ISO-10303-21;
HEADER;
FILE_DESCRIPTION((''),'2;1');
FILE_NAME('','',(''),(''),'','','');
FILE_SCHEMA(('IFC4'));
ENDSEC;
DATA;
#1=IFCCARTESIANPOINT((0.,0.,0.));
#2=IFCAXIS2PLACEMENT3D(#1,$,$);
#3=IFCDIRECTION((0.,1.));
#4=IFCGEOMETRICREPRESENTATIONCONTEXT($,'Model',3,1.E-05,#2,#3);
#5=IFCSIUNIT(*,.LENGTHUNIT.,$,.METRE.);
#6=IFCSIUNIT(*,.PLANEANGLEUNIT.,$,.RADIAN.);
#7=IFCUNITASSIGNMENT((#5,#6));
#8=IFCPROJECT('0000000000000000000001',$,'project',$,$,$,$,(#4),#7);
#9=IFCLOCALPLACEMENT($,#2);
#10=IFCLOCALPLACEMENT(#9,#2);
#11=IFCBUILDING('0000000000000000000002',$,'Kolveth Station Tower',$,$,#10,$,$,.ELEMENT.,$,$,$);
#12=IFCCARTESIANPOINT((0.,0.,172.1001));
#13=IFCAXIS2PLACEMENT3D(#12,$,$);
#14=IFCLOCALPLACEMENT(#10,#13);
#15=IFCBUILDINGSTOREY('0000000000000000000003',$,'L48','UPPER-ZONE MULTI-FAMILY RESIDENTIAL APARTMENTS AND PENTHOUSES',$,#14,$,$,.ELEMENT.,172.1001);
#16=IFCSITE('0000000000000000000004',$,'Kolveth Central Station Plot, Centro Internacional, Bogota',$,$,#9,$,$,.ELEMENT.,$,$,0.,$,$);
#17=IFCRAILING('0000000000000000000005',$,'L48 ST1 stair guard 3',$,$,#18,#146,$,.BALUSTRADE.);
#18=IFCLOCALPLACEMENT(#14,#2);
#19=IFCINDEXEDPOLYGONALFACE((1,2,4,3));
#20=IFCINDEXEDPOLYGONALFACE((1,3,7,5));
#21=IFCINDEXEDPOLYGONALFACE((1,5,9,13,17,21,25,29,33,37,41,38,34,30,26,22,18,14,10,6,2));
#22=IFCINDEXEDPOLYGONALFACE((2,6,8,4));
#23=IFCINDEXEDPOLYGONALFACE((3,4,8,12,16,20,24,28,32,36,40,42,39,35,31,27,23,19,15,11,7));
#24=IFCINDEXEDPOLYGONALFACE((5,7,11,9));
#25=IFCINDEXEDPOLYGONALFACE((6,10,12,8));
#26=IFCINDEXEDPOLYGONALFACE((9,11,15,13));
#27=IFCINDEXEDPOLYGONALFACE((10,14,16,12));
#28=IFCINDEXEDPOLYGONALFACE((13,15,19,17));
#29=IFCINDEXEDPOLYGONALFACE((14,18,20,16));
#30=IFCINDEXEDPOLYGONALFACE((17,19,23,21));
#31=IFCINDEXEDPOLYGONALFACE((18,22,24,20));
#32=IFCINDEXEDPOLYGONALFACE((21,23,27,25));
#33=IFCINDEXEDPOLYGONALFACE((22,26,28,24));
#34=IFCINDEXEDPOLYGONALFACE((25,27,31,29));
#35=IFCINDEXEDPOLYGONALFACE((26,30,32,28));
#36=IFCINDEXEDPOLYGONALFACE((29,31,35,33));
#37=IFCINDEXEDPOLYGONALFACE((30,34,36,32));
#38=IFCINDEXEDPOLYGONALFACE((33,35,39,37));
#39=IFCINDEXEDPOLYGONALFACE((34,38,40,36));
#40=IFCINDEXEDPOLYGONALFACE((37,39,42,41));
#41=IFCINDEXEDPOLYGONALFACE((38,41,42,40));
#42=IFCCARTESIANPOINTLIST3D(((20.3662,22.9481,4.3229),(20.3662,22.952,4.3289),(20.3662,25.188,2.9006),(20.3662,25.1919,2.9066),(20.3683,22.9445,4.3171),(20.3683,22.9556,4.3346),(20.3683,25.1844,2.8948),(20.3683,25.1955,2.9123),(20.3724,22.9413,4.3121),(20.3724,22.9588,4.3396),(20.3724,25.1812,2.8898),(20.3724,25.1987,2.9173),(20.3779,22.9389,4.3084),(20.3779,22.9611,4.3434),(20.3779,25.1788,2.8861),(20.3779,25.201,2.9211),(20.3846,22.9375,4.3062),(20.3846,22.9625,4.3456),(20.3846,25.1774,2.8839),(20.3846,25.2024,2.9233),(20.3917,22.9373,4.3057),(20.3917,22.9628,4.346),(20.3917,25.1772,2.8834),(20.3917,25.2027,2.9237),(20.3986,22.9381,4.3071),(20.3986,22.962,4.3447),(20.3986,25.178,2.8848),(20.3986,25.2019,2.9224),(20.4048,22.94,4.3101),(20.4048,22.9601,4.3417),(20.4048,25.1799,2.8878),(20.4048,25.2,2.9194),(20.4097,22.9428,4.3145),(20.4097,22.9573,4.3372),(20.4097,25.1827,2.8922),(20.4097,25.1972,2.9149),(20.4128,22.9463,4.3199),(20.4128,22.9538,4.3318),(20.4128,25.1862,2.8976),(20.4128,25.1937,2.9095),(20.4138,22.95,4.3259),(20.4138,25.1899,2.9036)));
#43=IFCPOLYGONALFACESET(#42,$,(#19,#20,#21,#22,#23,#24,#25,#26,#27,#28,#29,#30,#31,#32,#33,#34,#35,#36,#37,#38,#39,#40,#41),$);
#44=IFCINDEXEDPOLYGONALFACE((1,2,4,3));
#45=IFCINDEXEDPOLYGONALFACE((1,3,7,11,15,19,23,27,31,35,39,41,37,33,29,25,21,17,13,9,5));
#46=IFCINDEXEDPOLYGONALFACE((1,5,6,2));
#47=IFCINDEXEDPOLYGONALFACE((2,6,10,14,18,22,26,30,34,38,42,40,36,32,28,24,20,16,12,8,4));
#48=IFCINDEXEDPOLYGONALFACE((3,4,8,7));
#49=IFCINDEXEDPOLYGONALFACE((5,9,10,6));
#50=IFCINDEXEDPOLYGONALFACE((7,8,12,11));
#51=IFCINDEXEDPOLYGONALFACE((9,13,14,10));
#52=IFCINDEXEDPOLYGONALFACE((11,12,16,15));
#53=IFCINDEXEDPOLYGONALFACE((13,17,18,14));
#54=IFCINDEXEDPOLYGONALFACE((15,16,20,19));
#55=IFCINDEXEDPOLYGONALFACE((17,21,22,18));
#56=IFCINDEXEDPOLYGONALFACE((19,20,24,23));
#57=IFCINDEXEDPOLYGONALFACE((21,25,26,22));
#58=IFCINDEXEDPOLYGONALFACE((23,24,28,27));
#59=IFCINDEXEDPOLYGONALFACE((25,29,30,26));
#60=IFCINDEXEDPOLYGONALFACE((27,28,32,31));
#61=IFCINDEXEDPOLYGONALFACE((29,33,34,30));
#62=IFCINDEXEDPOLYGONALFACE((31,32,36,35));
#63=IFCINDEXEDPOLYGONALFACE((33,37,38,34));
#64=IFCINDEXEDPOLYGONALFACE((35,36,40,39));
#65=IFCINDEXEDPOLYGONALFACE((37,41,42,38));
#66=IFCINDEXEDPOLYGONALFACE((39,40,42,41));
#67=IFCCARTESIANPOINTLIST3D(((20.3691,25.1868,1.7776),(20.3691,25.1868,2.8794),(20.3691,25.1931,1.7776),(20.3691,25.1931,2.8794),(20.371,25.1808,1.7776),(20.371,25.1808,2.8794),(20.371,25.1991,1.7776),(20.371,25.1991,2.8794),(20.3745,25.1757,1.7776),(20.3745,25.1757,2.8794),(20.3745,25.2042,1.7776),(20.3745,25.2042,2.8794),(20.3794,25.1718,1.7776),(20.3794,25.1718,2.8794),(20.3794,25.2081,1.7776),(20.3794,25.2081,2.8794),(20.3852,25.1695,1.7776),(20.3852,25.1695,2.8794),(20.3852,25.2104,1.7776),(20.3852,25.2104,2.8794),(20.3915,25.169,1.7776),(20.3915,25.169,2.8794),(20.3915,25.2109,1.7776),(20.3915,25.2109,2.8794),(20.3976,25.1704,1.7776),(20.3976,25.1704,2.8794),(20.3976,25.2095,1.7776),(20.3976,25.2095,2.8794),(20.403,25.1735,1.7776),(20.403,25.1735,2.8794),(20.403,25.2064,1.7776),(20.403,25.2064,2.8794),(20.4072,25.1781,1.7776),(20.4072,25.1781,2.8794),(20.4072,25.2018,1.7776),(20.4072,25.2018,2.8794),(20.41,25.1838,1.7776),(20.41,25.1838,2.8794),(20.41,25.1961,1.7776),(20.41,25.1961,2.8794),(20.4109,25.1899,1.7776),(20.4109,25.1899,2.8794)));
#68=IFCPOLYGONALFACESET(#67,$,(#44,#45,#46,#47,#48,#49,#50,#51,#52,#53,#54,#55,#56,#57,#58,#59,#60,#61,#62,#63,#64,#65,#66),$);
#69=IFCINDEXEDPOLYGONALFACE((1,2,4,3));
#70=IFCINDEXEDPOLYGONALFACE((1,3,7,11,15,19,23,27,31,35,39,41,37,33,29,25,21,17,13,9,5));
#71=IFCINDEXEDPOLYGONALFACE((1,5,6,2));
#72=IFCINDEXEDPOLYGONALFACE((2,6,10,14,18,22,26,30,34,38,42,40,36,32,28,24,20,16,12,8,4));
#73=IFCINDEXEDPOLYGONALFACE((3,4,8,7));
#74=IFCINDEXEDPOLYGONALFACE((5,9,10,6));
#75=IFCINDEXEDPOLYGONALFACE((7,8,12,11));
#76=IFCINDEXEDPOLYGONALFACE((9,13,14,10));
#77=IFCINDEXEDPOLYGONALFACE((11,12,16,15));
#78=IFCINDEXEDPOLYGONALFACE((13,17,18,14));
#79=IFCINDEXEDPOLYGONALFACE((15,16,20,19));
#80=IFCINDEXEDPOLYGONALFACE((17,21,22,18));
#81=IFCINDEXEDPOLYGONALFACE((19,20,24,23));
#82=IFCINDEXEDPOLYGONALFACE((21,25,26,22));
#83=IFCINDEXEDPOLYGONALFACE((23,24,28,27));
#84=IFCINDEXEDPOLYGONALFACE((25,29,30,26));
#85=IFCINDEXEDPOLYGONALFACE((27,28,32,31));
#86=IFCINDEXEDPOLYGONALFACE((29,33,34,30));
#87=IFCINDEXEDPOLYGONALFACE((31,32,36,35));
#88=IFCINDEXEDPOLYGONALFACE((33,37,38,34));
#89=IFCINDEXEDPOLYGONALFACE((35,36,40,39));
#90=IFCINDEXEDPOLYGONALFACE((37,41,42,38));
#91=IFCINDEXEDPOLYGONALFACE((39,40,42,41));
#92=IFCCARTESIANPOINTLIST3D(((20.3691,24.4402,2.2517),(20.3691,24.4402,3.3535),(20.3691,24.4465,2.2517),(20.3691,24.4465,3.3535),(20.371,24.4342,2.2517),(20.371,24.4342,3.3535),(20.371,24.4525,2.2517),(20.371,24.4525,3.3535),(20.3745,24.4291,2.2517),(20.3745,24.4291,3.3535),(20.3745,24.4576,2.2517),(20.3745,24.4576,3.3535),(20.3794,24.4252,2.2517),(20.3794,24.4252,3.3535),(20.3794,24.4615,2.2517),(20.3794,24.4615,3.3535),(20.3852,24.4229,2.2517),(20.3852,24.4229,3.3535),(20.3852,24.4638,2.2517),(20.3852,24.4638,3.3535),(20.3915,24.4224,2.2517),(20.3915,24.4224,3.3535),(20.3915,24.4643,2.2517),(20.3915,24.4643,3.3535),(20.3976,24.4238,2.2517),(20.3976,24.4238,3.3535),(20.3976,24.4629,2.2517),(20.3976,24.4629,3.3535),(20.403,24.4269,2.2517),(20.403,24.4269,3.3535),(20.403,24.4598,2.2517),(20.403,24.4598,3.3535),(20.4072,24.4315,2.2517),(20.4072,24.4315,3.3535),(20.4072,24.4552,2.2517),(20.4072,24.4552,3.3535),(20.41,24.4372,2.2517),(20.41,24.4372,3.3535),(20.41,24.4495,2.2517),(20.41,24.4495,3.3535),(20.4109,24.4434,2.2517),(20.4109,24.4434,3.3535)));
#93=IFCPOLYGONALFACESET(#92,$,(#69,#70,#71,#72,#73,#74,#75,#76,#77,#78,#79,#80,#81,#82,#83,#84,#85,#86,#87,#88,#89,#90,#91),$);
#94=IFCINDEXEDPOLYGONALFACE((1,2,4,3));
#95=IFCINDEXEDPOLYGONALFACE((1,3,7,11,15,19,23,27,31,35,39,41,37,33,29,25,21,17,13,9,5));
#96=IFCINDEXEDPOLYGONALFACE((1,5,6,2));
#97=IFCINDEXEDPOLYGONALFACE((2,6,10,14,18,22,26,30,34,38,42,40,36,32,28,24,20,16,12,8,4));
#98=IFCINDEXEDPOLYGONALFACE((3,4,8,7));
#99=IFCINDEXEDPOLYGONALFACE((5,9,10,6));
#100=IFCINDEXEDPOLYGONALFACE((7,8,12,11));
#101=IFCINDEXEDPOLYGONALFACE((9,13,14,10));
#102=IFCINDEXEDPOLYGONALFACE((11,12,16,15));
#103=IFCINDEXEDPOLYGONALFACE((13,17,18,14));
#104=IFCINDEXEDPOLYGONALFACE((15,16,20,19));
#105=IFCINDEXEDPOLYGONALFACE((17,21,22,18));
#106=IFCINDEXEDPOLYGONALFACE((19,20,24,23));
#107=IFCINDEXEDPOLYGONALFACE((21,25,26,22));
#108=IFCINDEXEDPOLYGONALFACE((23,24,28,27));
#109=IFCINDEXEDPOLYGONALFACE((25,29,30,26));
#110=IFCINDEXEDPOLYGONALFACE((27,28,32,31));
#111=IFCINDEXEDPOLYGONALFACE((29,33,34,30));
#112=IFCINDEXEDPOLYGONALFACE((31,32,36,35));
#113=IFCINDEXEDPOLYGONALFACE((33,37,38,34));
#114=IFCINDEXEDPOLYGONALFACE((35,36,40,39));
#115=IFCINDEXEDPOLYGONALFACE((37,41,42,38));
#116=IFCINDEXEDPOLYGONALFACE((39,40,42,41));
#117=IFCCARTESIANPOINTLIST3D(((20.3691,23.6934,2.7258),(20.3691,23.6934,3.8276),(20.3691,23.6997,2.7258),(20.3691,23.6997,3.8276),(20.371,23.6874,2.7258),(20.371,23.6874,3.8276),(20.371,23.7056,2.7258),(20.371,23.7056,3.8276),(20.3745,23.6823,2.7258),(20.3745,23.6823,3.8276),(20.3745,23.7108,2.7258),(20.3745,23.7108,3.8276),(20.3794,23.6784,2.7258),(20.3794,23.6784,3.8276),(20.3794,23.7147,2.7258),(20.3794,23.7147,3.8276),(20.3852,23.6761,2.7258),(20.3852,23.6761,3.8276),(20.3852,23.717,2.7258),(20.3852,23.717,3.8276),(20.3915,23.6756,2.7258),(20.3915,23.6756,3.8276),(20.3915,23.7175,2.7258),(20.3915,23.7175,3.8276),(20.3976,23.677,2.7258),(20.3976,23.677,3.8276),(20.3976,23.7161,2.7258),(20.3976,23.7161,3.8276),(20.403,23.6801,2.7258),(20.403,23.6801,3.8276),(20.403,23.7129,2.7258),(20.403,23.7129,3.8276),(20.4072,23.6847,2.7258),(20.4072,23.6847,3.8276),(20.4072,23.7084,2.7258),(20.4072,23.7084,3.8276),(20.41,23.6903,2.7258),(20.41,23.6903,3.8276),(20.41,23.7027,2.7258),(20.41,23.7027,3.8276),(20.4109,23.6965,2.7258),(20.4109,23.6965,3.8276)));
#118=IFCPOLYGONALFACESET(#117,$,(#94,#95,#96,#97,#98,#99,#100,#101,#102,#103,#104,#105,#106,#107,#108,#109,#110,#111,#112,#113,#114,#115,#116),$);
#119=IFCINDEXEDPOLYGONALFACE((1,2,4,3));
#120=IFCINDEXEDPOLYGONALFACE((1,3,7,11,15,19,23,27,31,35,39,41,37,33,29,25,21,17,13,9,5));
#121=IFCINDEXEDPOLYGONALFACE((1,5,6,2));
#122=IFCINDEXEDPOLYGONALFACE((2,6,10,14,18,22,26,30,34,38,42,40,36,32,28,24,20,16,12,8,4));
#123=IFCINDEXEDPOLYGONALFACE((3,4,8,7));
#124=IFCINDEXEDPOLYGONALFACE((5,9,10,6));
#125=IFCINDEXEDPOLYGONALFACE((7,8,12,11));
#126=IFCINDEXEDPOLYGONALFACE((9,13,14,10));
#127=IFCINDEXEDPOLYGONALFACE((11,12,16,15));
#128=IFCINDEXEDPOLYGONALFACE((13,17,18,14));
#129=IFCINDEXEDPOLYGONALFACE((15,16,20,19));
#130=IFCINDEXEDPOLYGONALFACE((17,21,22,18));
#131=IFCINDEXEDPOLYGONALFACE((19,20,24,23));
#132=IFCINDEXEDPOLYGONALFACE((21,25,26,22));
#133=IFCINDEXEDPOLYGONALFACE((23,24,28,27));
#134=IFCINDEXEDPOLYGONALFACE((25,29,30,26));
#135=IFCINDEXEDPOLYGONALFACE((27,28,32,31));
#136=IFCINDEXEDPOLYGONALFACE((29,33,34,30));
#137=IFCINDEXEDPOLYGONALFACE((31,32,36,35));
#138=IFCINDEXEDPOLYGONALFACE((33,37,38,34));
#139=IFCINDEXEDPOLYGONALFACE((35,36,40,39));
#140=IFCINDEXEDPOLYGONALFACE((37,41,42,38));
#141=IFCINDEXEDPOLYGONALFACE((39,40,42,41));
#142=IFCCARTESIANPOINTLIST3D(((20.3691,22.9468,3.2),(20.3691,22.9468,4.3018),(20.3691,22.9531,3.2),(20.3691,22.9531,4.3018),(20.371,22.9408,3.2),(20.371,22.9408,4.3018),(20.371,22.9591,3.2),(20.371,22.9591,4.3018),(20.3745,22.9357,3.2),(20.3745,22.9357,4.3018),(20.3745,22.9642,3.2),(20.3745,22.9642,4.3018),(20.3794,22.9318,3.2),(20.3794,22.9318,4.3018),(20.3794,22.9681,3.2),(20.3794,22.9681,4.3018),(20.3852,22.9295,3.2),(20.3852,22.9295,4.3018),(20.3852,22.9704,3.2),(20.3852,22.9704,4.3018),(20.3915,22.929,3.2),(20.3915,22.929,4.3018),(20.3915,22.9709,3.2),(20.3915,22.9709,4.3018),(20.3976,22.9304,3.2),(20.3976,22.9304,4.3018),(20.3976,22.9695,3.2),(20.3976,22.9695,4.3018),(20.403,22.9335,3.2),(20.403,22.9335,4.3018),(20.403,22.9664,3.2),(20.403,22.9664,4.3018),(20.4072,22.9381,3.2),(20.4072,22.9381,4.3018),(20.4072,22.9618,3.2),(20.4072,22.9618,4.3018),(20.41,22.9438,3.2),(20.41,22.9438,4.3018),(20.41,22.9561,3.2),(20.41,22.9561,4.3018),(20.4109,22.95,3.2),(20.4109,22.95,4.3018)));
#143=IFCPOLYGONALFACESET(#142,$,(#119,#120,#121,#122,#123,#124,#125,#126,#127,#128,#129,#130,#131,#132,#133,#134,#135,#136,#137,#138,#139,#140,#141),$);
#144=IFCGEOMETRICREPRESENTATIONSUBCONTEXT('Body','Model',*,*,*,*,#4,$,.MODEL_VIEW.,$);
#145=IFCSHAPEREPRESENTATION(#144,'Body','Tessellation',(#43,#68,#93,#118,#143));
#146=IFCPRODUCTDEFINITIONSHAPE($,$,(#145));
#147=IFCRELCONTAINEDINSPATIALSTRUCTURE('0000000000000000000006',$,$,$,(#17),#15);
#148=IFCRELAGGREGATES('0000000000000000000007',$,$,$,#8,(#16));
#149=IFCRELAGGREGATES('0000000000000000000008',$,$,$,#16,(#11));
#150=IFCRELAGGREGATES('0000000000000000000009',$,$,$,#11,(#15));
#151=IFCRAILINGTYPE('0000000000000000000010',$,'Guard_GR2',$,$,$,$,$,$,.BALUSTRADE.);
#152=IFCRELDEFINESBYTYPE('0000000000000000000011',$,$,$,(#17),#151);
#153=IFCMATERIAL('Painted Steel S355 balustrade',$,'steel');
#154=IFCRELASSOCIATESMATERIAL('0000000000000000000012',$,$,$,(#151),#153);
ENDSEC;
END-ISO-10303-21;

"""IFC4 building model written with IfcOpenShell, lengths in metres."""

from ifc_helpers import new_model, si_unit, direction, frame, origin, origin_2d, place, context, subcontext, project, spatial, circle, extrude, material, type_object, element, save


model = new_model("IFC4")

# Units and contexts
model_context = context("Model", 3, precision=1e-05, world=origin(), true_north=direction((0.0, 1.0)))
body_context = subcontext(model_context, "Body", "Model", "MODEL_VIEW")
ifc_project = project(units=[si_unit("LENGTHUNIT", "METRE"), si_unit("PLANEANGLEUNIT", "RADIAN")], contexts=[model_context])

# Site, building, storey
site_placement = place(None, origin())
site = spatial("IfcSite", under=ifc_project, at=site_placement, Name="Kolveth Central Station Plot, Centro Internacional, Bogota", CompositionType="ELEMENT", RefElevation=0.0)
building_placement = place(site_placement, origin())
building = spatial("IfcBuilding", under=site, at=building_placement, Name="Kolveth Station Tower", CompositionType="ELEMENT")
storey_placement = place(building_placement, frame((0.0, 0.0, 172.1001)))
storey = spatial("IfcBuildingStorey", under=building, at=storey_placement, Name="L48", Description="UPPER-ZONE MULTI-FAMILY RESIDENTIAL APARTMENTS AND PENTHOUSES", CompositionType="ELEMENT", Elevation=172.1001)

# Railing
ifc_material_1 = material(Name="Painted Steel S355 balustrade", Category="steel")
railing_type_1 = type_object("IfcRailingType", Name="Guard_GR2", PredefinedType="BALUSTRADE", material=ifc_material_1)
railing_1_placement = place(storey_placement, frame((20.3899, 25.1899, 1.7776)))
element("IfcRailing", 1, at=railing_1_placement, inside=storey, type_object=railing_type_1, Name="L48 ST1 stair guard 3", PredefinedType="BALUSTRADE", context=body_context, shape_type="SweptSolid", body=[
    extrude(circle(Radius=0.0239, at=origin_2d()), frame((0.0, 0.0, 1.126), z_axis=(0.0, -0.844188, 0.536048), x_axis=(1.0, 0.0, 0.0)), (0.0, 0.0, 1.0), 2.6533),
    extrude(circle(Radius=0.021, at=origin_2d()), origin(), (0.0, 0.0, 1.0), 1.1018),
    extrude(circle(Radius=0.021, at=origin_2d()), frame((0.0, -0.7466, 0.4741)), (0.0, 0.0, 1.0), 1.1018),
    extrude(circle(Radius=0.021, at=origin_2d()), frame((0.0, -1.4934, 0.9482)), (0.0, 0.0, 1.0), 1.1018),
    extrude(circle(Radius=0.021, at=origin_2d()), frame((0.0, -2.24, 1.4224)), (0.0, 0.0, 1.0), 1.1018),
])

save(model, "model.ifc")
